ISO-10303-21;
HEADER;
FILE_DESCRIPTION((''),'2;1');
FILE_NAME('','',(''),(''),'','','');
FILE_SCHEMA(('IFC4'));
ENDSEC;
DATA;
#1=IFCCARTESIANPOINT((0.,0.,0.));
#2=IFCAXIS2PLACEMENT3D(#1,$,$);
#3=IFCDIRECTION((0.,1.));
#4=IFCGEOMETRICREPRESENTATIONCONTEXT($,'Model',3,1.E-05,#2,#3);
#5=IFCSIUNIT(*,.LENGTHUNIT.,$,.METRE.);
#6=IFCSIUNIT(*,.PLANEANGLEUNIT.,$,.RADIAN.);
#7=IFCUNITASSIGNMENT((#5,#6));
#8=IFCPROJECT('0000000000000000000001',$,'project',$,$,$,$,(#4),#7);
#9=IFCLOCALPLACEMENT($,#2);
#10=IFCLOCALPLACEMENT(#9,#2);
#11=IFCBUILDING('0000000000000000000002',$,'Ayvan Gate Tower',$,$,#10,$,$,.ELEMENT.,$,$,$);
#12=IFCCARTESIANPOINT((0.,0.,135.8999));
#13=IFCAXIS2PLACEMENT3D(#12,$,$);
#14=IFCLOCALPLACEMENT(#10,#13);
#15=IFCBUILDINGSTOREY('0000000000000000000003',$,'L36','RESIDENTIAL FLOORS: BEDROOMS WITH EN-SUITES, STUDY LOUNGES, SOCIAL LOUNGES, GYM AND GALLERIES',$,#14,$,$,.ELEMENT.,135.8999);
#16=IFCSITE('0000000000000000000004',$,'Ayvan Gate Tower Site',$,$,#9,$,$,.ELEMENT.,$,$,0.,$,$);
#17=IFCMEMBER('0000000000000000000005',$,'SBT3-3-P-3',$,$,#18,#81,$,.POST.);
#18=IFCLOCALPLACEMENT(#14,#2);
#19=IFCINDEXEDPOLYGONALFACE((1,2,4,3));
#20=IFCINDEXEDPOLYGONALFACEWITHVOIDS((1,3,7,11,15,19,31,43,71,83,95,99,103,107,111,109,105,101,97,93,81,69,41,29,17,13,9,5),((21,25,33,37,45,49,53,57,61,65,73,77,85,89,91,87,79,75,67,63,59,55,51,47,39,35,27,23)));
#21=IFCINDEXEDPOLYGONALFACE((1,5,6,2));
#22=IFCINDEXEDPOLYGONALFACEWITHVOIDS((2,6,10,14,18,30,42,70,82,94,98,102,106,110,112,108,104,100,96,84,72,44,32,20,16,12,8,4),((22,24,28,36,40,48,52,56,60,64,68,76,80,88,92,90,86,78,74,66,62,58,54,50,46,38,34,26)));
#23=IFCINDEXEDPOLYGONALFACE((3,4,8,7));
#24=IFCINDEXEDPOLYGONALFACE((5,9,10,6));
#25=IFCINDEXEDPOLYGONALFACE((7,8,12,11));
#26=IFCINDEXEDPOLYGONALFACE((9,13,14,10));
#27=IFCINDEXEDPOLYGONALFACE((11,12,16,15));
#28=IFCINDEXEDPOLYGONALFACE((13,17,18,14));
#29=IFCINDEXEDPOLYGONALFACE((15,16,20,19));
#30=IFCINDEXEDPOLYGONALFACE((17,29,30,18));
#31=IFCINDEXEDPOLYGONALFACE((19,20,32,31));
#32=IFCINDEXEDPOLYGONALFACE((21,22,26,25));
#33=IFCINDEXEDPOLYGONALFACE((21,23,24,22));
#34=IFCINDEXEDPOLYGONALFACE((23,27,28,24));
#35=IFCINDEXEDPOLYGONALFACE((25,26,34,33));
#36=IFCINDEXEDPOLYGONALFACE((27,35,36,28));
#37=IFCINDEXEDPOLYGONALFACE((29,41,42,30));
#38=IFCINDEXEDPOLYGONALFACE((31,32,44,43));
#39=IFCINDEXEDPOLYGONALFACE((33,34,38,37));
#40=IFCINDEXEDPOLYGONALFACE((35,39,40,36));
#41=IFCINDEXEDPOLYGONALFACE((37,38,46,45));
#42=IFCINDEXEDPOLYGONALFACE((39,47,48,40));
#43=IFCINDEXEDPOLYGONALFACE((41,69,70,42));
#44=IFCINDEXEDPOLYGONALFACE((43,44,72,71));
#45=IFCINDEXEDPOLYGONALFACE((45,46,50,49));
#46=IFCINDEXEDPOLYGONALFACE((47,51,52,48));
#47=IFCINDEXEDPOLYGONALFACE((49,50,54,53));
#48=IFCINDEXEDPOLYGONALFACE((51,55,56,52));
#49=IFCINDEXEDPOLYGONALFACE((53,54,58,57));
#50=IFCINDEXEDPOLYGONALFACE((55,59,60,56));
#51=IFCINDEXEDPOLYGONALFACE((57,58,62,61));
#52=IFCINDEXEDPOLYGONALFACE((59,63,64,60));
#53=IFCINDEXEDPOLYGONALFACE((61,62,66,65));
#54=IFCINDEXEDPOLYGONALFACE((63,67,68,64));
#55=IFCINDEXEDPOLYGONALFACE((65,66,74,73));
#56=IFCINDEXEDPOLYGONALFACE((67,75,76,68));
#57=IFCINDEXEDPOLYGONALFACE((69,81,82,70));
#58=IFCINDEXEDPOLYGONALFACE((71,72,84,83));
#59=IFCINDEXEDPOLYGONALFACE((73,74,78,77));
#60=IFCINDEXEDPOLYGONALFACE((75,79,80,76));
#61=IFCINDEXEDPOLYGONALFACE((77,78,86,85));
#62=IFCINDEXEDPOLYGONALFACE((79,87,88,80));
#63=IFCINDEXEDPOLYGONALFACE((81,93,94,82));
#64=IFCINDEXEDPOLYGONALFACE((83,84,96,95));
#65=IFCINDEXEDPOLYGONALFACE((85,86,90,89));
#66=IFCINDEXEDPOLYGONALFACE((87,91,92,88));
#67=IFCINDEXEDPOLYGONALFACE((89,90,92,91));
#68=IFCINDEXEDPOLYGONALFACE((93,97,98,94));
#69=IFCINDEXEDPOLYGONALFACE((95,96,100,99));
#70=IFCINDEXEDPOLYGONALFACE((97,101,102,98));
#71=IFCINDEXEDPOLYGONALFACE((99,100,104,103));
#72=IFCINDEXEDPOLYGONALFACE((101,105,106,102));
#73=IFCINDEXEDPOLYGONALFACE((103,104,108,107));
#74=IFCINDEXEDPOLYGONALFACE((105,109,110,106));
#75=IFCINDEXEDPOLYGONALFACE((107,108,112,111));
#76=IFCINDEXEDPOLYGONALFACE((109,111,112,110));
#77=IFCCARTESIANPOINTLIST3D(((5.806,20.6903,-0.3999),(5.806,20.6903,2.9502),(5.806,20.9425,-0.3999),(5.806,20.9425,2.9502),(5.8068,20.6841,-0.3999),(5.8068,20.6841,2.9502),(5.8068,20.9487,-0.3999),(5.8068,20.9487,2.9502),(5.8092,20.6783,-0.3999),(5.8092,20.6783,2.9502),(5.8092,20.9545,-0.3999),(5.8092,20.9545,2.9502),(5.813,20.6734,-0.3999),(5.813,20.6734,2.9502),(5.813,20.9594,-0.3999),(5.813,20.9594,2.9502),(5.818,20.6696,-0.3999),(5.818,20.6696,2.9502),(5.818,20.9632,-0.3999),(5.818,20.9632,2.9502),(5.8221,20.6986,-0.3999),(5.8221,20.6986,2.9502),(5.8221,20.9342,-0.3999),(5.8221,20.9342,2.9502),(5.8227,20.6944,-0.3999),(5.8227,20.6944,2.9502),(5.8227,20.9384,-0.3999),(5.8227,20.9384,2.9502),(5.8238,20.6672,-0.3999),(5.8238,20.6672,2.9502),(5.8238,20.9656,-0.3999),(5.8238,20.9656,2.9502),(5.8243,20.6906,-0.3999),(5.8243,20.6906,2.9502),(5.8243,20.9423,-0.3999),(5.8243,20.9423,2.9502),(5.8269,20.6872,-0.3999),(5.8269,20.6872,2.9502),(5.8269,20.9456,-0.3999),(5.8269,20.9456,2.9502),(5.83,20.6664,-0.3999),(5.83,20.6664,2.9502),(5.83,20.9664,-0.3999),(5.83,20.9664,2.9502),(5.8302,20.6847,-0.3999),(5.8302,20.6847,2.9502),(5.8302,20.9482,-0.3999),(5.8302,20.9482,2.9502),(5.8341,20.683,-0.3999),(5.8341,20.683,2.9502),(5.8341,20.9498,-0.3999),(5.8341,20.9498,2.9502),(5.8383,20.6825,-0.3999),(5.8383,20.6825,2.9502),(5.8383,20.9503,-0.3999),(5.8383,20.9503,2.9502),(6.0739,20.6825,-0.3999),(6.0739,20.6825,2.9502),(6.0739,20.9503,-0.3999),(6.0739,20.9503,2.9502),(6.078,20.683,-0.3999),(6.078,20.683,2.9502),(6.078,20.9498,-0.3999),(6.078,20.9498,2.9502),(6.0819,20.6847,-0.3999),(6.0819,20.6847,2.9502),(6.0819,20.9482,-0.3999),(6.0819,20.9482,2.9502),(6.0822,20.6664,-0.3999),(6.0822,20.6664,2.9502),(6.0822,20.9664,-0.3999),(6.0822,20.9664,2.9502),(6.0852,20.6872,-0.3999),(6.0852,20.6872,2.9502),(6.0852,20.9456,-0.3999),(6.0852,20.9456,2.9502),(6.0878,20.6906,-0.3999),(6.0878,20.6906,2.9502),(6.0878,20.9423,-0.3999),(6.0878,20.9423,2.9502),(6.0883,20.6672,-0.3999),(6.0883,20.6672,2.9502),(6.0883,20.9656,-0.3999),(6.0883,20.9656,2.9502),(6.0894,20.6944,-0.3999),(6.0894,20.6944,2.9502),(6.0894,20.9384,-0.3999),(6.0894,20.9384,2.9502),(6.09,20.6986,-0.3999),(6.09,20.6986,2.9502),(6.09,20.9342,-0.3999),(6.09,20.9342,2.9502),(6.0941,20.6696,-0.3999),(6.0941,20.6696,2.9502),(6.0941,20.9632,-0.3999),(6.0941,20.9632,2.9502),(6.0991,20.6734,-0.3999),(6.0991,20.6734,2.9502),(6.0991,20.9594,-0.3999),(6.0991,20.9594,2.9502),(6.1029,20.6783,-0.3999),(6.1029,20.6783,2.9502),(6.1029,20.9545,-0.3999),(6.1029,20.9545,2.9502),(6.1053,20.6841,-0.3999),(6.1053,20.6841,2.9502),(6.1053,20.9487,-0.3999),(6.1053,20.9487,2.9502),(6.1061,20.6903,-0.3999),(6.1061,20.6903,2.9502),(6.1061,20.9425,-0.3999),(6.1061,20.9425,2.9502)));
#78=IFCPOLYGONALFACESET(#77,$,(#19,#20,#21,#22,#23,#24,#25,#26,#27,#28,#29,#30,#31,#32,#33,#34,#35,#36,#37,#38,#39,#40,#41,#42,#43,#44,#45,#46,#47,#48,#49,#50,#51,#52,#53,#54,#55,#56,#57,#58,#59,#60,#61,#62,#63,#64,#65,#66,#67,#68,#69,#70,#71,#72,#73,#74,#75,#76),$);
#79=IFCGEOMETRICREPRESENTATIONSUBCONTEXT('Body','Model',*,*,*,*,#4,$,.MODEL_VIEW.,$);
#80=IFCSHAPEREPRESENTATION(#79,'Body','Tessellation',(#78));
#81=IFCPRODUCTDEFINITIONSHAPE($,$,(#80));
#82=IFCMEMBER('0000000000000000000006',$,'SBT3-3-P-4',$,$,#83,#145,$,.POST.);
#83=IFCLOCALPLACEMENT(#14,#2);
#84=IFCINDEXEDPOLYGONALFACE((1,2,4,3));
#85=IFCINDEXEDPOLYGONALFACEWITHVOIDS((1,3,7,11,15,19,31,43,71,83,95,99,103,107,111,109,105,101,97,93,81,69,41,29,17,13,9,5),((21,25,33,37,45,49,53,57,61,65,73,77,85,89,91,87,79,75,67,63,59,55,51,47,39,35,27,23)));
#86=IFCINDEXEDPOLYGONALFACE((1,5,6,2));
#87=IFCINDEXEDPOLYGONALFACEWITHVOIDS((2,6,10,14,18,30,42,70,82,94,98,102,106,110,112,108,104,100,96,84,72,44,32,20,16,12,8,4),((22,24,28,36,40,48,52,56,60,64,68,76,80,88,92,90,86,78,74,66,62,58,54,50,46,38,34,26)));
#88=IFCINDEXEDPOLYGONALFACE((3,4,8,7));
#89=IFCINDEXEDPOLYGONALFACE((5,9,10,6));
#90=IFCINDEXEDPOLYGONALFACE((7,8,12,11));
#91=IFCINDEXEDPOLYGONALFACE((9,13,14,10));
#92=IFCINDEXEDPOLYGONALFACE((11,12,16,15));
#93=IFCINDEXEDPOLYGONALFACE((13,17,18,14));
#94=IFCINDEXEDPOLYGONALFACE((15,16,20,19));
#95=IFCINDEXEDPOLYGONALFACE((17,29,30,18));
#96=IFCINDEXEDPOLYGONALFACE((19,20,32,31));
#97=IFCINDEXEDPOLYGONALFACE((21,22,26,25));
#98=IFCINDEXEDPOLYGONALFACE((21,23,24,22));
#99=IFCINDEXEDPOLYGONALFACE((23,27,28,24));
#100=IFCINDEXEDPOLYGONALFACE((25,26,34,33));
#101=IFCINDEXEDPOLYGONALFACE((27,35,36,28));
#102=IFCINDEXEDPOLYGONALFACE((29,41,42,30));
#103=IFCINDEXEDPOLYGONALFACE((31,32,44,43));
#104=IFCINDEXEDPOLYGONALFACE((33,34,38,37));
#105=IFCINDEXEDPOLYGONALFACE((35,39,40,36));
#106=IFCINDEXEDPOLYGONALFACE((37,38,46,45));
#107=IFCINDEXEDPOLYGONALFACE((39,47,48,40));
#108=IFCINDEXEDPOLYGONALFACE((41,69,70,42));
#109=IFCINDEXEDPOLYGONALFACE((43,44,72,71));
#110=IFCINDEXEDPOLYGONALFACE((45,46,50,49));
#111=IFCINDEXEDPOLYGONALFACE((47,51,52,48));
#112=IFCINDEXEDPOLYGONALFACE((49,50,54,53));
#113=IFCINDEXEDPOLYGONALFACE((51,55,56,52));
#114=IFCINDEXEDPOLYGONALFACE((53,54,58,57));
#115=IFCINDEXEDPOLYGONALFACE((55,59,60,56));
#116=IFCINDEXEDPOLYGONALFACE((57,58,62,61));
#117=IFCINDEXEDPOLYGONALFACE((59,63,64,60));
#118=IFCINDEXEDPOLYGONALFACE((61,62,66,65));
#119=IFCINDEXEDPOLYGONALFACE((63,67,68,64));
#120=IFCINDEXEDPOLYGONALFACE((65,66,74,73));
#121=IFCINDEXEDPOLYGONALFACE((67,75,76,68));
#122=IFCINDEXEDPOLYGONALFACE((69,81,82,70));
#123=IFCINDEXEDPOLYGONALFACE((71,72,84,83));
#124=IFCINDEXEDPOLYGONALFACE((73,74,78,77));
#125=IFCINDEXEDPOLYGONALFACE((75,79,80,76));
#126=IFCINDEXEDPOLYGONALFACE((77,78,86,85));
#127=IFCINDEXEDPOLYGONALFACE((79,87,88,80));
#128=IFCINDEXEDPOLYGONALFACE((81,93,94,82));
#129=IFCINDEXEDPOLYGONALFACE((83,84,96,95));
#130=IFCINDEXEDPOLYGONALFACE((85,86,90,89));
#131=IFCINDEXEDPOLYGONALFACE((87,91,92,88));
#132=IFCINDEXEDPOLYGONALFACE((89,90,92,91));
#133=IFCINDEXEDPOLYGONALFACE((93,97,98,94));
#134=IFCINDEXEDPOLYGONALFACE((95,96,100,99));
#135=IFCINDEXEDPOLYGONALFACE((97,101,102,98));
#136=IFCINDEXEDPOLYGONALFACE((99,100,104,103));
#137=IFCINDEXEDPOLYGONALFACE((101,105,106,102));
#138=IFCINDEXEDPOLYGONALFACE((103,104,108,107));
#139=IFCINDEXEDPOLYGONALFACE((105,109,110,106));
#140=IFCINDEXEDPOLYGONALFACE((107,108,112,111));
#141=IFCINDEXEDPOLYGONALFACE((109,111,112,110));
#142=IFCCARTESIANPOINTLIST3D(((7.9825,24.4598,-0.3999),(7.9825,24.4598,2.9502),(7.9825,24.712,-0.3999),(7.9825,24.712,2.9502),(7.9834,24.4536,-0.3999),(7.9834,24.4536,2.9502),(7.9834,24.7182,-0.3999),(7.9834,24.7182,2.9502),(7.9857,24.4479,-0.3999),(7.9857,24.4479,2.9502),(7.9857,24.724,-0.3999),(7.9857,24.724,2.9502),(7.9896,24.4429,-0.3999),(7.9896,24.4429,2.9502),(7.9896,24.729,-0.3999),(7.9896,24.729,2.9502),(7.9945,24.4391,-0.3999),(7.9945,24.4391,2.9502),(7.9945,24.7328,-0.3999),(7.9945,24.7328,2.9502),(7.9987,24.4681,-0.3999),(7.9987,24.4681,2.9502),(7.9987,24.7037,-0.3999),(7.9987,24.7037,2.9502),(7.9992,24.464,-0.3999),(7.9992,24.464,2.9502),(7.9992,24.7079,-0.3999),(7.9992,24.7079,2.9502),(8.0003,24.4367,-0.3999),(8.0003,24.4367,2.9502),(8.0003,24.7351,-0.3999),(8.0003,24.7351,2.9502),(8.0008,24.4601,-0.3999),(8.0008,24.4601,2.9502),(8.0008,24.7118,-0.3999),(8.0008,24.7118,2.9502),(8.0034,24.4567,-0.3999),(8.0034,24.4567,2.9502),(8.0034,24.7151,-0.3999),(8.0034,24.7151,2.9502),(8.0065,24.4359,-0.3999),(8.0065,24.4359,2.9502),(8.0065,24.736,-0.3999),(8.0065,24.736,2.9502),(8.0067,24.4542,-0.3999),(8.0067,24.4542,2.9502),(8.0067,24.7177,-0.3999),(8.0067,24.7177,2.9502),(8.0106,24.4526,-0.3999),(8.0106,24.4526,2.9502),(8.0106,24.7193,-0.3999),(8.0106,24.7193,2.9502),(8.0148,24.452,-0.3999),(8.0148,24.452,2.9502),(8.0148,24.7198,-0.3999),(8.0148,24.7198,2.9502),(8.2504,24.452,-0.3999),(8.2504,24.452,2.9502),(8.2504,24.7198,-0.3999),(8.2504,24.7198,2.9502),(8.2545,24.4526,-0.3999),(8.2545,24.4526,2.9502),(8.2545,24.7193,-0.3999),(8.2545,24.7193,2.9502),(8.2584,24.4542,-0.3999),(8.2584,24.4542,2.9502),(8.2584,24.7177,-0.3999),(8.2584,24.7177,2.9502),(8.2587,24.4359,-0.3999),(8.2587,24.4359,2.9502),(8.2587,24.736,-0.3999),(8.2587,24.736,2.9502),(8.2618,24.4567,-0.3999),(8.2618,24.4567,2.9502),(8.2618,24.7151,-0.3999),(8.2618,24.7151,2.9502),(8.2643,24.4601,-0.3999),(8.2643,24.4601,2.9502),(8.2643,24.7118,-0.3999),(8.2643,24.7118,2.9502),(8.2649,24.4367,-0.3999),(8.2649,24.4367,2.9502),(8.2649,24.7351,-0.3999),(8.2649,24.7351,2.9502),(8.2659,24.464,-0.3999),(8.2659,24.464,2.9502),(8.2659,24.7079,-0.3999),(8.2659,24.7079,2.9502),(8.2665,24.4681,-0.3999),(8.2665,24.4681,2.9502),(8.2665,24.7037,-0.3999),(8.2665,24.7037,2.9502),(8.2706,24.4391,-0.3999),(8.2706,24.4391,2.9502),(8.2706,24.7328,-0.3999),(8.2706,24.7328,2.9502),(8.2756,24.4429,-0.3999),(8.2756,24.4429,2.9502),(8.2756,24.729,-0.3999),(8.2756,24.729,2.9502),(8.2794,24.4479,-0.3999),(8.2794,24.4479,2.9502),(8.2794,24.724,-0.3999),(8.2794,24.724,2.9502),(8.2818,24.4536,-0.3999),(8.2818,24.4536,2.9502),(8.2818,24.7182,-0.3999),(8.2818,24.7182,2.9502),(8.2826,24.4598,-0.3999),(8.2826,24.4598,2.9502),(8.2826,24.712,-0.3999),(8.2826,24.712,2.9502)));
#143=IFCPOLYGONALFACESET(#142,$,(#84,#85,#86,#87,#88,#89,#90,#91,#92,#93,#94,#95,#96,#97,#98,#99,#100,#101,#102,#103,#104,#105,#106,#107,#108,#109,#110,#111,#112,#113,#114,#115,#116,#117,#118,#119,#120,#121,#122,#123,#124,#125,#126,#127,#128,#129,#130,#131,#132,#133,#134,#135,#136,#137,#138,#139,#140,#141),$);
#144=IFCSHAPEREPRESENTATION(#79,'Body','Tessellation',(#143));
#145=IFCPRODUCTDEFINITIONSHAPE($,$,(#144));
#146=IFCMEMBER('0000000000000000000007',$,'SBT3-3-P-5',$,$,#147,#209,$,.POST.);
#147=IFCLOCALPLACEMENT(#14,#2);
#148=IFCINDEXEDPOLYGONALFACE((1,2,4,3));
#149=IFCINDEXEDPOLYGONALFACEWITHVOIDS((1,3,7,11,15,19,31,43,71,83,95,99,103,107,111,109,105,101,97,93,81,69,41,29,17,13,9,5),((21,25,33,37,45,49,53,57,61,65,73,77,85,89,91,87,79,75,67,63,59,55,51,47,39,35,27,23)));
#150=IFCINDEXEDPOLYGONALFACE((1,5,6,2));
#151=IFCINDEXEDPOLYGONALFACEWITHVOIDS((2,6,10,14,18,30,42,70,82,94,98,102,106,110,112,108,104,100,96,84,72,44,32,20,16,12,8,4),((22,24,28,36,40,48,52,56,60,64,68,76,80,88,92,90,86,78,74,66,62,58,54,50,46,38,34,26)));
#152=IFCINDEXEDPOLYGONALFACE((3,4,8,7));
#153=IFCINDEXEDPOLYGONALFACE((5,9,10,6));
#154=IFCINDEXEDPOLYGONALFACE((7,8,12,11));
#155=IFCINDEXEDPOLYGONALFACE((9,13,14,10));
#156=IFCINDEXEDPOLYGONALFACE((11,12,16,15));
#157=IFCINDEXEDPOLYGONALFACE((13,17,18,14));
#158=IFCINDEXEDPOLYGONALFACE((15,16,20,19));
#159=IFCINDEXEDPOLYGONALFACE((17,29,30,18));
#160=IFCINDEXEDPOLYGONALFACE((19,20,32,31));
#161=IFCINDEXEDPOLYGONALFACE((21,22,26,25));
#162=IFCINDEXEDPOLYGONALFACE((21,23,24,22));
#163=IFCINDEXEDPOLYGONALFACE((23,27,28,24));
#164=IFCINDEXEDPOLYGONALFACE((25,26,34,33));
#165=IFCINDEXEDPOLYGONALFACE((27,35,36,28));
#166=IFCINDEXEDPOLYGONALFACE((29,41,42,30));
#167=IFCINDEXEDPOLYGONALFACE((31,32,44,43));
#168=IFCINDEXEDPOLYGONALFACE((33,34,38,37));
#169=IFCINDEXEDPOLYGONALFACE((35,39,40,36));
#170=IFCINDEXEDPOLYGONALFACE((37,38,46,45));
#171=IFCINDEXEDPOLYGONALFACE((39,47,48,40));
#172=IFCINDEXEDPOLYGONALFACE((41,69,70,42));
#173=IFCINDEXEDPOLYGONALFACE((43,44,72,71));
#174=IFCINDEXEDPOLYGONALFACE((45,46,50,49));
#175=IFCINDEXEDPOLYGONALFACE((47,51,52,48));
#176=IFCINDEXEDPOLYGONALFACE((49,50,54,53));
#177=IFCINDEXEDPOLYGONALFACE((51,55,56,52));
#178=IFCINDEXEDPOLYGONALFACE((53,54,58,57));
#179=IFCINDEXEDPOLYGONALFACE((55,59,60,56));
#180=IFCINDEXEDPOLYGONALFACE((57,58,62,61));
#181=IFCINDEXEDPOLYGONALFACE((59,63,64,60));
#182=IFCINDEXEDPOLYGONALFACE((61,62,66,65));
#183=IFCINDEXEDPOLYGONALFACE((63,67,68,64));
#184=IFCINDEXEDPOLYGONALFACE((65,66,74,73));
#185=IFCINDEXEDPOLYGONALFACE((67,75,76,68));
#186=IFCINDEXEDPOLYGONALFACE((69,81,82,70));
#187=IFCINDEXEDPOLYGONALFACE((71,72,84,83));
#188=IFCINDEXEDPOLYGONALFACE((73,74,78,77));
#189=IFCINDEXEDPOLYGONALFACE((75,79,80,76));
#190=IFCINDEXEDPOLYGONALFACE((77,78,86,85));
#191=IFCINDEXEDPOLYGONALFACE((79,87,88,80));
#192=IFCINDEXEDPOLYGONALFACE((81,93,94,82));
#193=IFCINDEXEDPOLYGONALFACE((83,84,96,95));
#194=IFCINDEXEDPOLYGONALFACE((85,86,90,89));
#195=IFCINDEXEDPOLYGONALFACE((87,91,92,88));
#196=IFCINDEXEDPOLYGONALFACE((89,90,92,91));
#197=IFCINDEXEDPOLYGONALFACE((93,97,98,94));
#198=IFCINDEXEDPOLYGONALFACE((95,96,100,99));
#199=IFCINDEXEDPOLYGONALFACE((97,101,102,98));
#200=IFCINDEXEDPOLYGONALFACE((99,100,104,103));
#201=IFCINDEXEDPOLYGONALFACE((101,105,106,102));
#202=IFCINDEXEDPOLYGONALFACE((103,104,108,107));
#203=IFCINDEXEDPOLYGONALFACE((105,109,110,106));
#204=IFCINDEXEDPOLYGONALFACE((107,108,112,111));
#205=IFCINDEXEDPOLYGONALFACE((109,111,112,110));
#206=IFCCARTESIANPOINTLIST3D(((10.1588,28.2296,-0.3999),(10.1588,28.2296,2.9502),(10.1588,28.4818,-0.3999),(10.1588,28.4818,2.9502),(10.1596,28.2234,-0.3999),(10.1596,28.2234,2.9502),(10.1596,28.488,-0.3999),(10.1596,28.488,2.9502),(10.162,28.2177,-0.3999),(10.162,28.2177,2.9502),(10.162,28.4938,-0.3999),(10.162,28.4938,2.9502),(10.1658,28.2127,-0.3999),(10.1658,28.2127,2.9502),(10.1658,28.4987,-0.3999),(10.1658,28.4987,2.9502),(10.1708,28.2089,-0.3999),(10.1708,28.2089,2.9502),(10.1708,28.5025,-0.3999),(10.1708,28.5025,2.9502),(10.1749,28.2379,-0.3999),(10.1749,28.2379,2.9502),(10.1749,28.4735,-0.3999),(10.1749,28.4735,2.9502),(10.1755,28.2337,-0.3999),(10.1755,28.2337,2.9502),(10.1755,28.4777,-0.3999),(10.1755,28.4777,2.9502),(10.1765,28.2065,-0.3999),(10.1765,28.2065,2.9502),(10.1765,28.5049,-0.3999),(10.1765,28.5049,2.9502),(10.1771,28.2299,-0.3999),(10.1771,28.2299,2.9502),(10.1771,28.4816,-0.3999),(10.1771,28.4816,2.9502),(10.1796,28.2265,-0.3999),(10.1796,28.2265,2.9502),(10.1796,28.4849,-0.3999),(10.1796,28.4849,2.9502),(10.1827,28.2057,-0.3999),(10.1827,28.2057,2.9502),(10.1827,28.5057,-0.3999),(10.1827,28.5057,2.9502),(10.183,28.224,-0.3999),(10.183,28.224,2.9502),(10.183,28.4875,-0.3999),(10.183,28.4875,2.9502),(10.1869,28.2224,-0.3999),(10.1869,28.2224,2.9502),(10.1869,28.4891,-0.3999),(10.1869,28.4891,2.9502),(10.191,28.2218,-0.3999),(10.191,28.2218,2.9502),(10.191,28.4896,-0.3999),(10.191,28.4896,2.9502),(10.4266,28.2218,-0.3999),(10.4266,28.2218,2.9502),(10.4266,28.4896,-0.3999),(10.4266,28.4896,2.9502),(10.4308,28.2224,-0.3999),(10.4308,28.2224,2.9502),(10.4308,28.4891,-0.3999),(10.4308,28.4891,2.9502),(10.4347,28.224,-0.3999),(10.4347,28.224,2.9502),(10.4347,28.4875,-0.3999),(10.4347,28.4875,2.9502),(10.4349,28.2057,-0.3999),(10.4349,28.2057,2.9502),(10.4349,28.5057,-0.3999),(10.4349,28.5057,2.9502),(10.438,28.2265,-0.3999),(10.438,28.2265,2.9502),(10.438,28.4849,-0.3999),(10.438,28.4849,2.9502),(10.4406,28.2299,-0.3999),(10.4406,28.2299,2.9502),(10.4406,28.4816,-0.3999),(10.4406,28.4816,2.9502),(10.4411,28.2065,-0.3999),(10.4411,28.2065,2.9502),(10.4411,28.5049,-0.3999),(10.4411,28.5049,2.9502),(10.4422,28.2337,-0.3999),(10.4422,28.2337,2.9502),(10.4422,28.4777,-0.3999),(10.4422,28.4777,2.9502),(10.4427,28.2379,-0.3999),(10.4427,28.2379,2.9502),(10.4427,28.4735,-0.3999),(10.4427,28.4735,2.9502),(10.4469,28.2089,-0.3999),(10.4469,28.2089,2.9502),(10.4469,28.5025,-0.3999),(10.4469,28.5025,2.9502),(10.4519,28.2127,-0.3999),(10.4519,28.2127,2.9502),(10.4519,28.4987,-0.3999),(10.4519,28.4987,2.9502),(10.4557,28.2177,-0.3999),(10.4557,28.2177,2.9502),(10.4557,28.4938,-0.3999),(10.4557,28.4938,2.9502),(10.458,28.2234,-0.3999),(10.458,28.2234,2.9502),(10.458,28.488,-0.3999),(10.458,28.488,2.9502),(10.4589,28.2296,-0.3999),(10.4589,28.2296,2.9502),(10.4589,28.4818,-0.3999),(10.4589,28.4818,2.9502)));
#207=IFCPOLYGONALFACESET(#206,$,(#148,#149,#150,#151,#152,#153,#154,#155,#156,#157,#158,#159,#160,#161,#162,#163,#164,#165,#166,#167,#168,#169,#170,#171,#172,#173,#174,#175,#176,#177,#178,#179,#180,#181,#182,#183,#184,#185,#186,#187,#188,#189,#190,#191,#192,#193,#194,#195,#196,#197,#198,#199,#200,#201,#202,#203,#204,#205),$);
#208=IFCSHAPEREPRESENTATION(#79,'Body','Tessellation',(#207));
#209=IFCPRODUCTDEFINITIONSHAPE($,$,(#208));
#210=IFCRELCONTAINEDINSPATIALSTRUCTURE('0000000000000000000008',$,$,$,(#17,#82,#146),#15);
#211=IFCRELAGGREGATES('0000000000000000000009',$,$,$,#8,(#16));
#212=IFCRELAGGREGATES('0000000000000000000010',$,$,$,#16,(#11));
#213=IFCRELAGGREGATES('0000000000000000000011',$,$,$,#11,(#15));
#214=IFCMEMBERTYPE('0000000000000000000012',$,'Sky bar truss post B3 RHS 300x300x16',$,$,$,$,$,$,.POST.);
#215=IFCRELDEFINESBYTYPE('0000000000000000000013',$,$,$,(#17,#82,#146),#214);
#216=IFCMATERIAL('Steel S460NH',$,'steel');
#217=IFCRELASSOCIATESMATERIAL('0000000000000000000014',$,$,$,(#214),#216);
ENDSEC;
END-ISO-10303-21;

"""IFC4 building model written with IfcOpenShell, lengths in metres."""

from ifc_helpers import new_model, si_unit, direction, frame, origin, origin_2d, place, context, subcontext, project, spatial, hollow_rectangle, extrude, material, material_profile, profile_set, type_object, element, save


model = new_model("IFC4")

# Units and contexts
model_context = context("Model", 3, precision=1e-05, world=origin(), true_north=direction((0.0, 1.0)))
body_context = subcontext(model_context, "Body", "Model", "MODEL_VIEW")
ifc_project = project(units=[si_unit("LENGTHUNIT", "METRE"), si_unit("PLANEANGLEUNIT", "RADIAN")], contexts=[model_context])

# Site, building, storey
site_placement = place(None, origin())
site = spatial("IfcSite", under=ifc_project, at=site_placement, Name="Ayvan Gate Tower Site", CompositionType="ELEMENT", RefElevation=0.0)
building_placement = place(site_placement, origin())
building = spatial("IfcBuilding", under=site, at=building_placement, Name="Ayvan Gate Tower", CompositionType="ELEMENT")
storey_placement = place(building_placement, frame((0.0, 0.0, 135.8999)))
storey = spatial("IfcBuildingStorey", under=building, at=storey_placement, Name="L36", Description="RESIDENTIAL FLOORS: BEDROOMS WITH EN-SUITES, STUDY LOUNGES, SOCIAL LOUNGES, GYM AND GALLERIES", CompositionType="ELEMENT", Elevation=135.8999)

# Shared definitions
ifc_material_1 = material(Name="Steel S460NH", Category="steel")

# Members
ifc_material_profile_1 = material_profile(ifc_material_1, hollow_rectangle(XDim=0.3, YDim=0.3, WallThickness=0.0161, InnerFilletRadius=0.0161, OuterFilletRadius=0.0239, at=origin_2d()), Name="RHS 300x300x16")
ifc_profile_set_1 = profile_set([ifc_material_profile_1], Name="Steel S460NH")
member_type_1 = type_object("IfcMemberType", Name="Sky bar truss post B3 RHS 300x300x16", PredefinedType="POST", material=ifc_profile_set_1)
for number, where, z_axis, x_axis, name in (
    (1, (5.9561, 20.8164, -0.3999), (0.0, 0.0, 1.0), (1.0, 0.0, 0.0), "SBT3-3-P-3"),
    (2, (8.1326, 24.5859, -0.3999), (0.0, 0.0, 1.0), (1.0, 0.0, 0.0), "SBT3-3-P-4"),
    (3, (10.3088, 28.3557, -0.3999), (0.0, 0.0, 1.0), (1.0, 0.0, 0.0), "SBT3-3-P-5"),
):
    element("IfcMember", number, at=place(storey_placement, frame(where, z_axis=z_axis, x_axis=x_axis)), inside=storey, type_object=member_type_1, Name=name, PredefinedType="POST", context=body_context, shape_type="SweptSolid", body=[
        extrude(hollow_rectangle(XDim=0.3, YDim=0.3, WallThickness=0.0161, InnerFilletRadius=0.0161, OuterFilletRadius=0.0239, at=origin_2d()), origin(), (0.0, 0.0, 1.0), 3.3501),
    ])

save(model, "model.ifc")
